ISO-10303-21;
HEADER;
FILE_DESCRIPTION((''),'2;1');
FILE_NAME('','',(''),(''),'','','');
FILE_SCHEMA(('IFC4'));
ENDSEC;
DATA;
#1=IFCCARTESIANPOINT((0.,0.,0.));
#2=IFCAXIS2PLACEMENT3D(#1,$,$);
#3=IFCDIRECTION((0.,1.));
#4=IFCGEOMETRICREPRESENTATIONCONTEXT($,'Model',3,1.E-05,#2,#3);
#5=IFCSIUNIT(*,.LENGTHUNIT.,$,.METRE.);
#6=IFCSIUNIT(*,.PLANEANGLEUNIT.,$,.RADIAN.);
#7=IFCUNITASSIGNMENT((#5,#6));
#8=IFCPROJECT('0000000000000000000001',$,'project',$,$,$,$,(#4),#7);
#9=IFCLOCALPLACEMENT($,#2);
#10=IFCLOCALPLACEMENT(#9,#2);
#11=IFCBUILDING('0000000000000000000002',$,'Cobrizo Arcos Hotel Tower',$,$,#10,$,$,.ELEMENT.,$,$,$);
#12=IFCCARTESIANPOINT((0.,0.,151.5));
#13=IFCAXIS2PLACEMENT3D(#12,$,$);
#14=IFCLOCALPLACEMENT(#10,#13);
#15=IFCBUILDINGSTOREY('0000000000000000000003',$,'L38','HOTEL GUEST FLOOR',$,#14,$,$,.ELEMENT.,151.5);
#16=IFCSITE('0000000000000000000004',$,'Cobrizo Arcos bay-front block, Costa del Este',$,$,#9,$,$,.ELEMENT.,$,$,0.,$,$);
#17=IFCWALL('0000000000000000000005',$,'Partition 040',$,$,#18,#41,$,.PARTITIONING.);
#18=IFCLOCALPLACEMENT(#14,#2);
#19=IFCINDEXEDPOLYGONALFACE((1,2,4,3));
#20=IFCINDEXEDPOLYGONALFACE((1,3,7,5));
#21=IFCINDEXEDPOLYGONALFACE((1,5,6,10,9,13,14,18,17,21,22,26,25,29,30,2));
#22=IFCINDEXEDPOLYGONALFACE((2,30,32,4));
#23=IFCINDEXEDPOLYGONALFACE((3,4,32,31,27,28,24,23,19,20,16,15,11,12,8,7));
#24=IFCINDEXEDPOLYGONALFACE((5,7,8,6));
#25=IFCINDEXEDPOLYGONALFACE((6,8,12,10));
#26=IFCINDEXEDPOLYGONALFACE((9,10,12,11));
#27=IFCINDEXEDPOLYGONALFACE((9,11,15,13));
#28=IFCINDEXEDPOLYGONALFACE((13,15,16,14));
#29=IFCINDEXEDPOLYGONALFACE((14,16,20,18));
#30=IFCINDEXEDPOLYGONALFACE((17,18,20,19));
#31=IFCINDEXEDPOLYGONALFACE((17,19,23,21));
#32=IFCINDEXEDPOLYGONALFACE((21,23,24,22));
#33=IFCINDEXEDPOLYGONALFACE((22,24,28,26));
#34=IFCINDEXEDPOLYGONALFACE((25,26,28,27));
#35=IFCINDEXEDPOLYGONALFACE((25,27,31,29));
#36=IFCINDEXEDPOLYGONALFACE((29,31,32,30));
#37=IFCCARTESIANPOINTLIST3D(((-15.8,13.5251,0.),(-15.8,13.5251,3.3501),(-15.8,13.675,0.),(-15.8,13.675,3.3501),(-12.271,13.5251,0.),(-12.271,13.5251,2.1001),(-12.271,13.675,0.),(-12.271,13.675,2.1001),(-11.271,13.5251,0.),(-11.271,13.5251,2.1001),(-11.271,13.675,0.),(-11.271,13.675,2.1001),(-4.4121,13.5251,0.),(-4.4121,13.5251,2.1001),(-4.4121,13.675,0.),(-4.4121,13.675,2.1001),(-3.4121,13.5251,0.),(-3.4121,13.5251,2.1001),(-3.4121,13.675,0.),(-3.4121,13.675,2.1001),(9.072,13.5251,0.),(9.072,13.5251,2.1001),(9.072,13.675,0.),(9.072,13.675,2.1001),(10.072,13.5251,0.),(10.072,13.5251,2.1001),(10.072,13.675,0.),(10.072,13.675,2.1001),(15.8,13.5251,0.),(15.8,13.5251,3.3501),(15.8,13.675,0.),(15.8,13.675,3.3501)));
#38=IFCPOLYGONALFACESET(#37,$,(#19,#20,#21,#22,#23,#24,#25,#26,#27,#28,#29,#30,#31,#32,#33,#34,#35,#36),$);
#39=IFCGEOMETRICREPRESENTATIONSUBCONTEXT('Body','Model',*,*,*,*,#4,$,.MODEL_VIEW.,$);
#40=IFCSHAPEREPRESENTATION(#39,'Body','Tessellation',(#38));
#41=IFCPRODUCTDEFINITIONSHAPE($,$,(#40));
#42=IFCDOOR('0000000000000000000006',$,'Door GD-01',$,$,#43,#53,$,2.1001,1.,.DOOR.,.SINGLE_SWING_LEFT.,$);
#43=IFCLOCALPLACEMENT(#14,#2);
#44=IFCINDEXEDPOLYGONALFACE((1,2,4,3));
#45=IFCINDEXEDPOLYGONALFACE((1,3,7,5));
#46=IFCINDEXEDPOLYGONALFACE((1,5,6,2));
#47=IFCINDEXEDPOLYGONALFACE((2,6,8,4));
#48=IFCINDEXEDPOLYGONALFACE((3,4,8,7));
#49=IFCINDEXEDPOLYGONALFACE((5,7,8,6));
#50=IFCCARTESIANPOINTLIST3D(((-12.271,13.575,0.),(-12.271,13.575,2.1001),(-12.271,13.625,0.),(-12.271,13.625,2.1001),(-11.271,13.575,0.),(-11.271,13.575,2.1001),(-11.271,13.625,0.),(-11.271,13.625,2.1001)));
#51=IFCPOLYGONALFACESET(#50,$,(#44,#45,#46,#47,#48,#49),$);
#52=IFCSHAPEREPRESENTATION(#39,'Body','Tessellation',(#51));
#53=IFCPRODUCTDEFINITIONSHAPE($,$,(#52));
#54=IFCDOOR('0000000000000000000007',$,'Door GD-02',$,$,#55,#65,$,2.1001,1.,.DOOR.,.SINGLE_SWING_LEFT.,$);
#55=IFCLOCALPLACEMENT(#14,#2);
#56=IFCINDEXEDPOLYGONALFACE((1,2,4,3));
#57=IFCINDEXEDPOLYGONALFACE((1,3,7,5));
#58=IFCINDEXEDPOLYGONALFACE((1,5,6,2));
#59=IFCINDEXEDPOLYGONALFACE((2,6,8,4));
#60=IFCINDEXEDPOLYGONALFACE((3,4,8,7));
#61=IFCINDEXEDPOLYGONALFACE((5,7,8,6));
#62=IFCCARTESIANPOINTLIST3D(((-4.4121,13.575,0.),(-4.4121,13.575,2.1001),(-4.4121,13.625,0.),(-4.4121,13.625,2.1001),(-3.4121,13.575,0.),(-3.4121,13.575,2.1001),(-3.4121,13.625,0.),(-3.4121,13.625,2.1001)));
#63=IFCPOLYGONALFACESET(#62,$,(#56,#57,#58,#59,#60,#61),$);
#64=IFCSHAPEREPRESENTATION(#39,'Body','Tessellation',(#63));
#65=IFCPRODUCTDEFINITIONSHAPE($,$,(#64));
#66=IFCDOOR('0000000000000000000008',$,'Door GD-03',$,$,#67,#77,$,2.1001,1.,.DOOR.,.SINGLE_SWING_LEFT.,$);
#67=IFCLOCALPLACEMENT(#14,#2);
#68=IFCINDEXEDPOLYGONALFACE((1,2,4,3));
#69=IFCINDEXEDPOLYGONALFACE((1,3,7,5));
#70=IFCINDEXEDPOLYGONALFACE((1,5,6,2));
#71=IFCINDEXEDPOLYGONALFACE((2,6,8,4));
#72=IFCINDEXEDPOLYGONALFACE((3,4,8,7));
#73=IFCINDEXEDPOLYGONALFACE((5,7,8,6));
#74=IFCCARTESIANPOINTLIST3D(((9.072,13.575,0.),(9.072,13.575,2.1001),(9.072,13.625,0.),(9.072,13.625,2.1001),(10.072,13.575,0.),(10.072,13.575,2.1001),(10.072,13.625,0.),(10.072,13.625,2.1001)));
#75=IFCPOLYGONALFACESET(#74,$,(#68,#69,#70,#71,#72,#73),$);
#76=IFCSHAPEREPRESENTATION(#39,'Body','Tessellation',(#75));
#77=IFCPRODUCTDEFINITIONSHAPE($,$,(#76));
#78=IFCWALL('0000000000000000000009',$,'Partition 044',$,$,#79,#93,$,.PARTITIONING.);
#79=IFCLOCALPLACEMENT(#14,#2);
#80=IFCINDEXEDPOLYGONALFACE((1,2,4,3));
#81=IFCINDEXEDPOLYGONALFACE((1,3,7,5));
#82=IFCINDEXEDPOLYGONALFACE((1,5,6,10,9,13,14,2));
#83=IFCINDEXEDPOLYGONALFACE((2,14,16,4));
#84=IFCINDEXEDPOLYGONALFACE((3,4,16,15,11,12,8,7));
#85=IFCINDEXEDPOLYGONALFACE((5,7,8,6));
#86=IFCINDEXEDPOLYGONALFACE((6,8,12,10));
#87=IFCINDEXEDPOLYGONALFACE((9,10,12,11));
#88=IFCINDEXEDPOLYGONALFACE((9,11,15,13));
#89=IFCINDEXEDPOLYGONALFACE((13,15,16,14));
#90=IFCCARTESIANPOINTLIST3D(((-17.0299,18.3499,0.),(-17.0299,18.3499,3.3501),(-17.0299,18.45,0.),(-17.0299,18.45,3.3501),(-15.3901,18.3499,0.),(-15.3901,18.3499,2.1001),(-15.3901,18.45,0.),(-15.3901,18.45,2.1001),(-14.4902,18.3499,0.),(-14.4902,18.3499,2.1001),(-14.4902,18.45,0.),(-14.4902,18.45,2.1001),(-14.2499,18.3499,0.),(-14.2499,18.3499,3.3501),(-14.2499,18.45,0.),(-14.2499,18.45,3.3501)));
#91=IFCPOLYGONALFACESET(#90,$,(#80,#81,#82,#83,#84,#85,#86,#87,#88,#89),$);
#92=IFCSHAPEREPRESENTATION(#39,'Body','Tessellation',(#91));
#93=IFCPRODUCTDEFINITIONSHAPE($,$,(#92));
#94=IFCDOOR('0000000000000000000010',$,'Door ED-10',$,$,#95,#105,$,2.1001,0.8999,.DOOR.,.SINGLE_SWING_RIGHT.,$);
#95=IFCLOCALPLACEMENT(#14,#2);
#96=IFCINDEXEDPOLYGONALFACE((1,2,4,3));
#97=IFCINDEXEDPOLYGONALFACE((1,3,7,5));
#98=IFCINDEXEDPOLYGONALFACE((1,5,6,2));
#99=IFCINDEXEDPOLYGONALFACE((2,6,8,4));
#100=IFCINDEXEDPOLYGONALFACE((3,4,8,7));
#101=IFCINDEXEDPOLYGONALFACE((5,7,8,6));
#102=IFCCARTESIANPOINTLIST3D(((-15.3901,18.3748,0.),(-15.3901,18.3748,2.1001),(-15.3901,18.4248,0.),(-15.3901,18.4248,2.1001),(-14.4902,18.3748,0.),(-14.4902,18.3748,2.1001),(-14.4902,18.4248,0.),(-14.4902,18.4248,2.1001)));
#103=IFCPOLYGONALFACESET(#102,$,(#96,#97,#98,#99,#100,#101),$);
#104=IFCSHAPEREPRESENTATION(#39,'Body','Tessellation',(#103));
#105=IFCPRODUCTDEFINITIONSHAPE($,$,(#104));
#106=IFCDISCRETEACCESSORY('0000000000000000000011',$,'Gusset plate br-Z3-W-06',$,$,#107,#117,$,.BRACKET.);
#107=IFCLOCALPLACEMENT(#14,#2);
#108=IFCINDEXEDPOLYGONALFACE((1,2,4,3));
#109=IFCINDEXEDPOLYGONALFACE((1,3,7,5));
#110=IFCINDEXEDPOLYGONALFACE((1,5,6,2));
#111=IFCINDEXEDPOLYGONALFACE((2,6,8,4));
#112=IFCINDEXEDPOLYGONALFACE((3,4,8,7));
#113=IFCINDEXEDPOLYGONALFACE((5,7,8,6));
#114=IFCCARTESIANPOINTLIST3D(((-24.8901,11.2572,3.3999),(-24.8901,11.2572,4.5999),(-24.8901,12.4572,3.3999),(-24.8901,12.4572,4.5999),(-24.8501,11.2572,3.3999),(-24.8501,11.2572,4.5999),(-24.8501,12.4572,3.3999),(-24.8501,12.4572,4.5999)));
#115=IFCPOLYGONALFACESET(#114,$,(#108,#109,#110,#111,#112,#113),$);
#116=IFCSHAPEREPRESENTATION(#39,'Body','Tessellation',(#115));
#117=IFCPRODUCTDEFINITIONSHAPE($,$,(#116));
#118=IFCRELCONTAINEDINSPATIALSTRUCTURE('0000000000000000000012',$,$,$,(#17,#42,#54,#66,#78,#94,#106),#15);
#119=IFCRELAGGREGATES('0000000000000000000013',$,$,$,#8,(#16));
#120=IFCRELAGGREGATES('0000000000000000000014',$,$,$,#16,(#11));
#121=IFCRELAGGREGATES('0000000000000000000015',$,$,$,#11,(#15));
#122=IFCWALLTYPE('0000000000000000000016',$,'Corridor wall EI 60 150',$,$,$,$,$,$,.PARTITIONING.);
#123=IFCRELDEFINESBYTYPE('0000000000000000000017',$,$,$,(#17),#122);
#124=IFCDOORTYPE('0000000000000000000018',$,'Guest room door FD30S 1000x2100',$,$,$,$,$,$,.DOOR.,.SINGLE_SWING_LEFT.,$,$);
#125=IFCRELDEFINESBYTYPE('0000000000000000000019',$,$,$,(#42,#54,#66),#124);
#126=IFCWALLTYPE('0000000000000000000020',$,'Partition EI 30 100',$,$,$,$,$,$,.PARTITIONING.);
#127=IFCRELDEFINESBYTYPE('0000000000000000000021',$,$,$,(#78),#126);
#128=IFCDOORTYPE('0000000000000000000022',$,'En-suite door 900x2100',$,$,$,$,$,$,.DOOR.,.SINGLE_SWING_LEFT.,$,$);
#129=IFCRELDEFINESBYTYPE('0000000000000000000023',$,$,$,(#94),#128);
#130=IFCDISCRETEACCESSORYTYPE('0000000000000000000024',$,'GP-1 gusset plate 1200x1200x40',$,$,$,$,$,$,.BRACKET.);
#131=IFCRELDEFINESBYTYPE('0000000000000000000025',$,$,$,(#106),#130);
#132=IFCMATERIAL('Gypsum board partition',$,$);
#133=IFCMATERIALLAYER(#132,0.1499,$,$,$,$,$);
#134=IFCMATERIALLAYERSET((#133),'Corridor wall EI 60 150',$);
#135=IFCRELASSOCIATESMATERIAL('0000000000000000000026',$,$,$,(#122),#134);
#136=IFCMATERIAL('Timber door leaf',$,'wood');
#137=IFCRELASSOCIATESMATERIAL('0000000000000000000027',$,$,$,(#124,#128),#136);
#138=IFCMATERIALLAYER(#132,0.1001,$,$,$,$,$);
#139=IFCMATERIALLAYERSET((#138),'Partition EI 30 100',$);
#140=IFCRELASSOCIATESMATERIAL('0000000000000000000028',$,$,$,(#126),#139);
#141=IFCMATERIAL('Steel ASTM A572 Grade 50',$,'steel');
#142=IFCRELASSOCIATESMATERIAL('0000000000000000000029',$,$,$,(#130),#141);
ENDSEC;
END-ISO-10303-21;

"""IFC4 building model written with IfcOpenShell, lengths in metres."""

from ifc_helpers import new_model, si_unit, direction, frame, frame_2d, origin, origin_2d, place, context, subcontext, project, spatial, rectangle, extrude, material, layer, layer_set, type_object, element, fill, save


model = new_model("IFC4")

# Units and contexts
model_context = context("Model", 3, precision=1e-05, world=origin(), true_north=direction((0.0, 1.0)))
body_context = subcontext(model_context, "Body", "Model", "MODEL_VIEW")
ifc_project = project(units=[si_unit("LENGTHUNIT", "METRE"), si_unit("PLANEANGLEUNIT", "RADIAN")], contexts=[model_context])

# Site, building, storey
site_placement = place(None, origin())
site = spatial("IfcSite", under=ifc_project, at=site_placement, Name="Cobrizo Arcos bay-front block, Costa del Este", CompositionType="ELEMENT", RefElevation=0.0)
building_placement = place(site_placement, origin())
building = spatial("IfcBuilding", under=site, at=building_placement, Name="Cobrizo Arcos Hotel Tower", CompositionType="ELEMENT")
storey_placement = place(building_placement, frame((0.0, 0.0, 151.5)))
storey = spatial("IfcBuildingStorey", under=building, at=storey_placement, Name="L38", Description="HOTEL GUEST FLOOR", CompositionType="ELEMENT", Elevation=151.5)

# Shared definitions
ifc_material_1 = material(Name="Steel ASTM A572 Grade 50", Category="steel")

# Wall, openings, doors
ifc_material_2 = material(Name="Gypsum board partition")
ifc_layer_1 = layer(ifc_material_2, 0.1499)
ifc_layer_set_1 = layer_set([ifc_layer_1], Name="Corridor wall EI 60 150")
wall_type_1 = type_object("IfcWallType", Name="Corridor wall EI 60 150", PredefinedType="PARTITIONING", material=ifc_layer_set_1)
wall_1_placement = place(storey_placement, frame((-15.8, 13.6001, 0.0), z_axis=(0.0, 0.0, 1.0), x_axis=(1.0, 0.0, 0.0)))
wall_1 = element("IfcWall", 1, at=wall_1_placement, inside=storey, type_object=wall_type_1, Name="Partition 040", PredefinedType="PARTITIONING", context=body_context, shape_type="SweptSolid", body=[
    extrude(rectangle(XDim=31.6001, YDim=0.1499, at=frame_2d((15.8, 0.0))), origin(), (0.0, 0.0, 1.0), 3.3501),
])
opening_1_placement = place(wall_1_placement, frame((3.5291, 0.0, 0.0)))
opening_1 = element("IfcOpeningElement", 2, at=opening_1_placement, cuts=wall_1, PredefinedType="OPENING", context=body_context, shape_type="SweptSolid", body=[
    extrude(rectangle(XDim=1.0, YDim=2.1001, at=frame_2d((0.5, 1.05))), frame((0.0, 0.0869, 0.0), z_axis=(0.0, -1.0, 0.0), x_axis=(1.0, 0.0, 0.0)), (0.0, 0.0, 1.0), 0.1738),
])
opening_2_placement = place(wall_1_placement, frame((11.3879, 0.0, 0.0)))
opening_2 = element("IfcOpeningElement", 3, at=opening_2_placement, cuts=wall_1, PredefinedType="OPENING", context=body_context, shape_type="SweptSolid", body=[
    extrude(rectangle(XDim=1.0, YDim=2.1001, at=frame_2d((0.5, 1.05))), frame((0.0, 0.0869, 0.0), z_axis=(0.0, -1.0, 0.0), x_axis=(1.0, 0.0, 0.0)), (0.0, 0.0, 1.0), 0.1738),
])
opening_3_placement = place(wall_1_placement, frame((24.8721, 0.0, 0.0)))
opening_3 = element("IfcOpeningElement", 4, at=opening_3_placement, cuts=wall_1, PredefinedType="OPENING", context=body_context, shape_type="SweptSolid", body=[
    extrude(rectangle(XDim=1.0, YDim=2.1001, at=frame_2d((0.5, 1.05))), frame((0.0, 0.0869, 0.0), z_axis=(0.0, -1.0, 0.0), x_axis=(1.0, 0.0, 0.0)), (0.0, 0.0, 1.0), 0.1738),
])
ifc_material_3 = material(Name="Timber door leaf", Category="wood")
door_type_1 = type_object("IfcDoorType", Name="Guest room door FD30S 1000x2100", OperationType="SINGLE_SWING_LEFT", PredefinedType="DOOR", material=ifc_material_3)
door_1_placement = place(opening_1_placement, origin())
door_1 = element("IfcDoor", 5, at=door_1_placement, inside=storey, type_object=door_type_1, Name="Door GD-01", OperationType="SINGLE_SWING_LEFT", OverallHeight=2.1001, OverallWidth=1.0, PredefinedType="DOOR", context=body_context, shape_type="SweptSolid", body=[
    extrude(rectangle(XDim=1.0, YDim=2.1001, at=frame_2d((0.5, 1.05))), frame((0.0, 0.0249, 0.0), z_axis=(0.0, -1.0, 0.0), x_axis=(1.0, 0.0, 0.0)), (0.0, 0.0, 1.0), 0.05),
])
fill(opening_1, door_1)
door_2_placement = place(opening_2_placement, origin())
door_2 = element("IfcDoor", 6, at=door_2_placement, inside=storey, type_object=door_type_1, Name="Door GD-02", OperationType="SINGLE_SWING_LEFT", OverallHeight=2.1001, OverallWidth=1.0, PredefinedType="DOOR", context=body_context, shape_type="SweptSolid", body=[
    extrude(rectangle(XDim=1.0, YDim=2.1001, at=frame_2d((0.5, 1.05))), frame((0.0, 0.0249, 0.0), z_axis=(0.0, -1.0, 0.0), x_axis=(1.0, 0.0, 0.0)), (0.0, 0.0, 1.0), 0.05),
])
fill(opening_2, door_2)
door_3_placement = place(opening_3_placement, origin())
door_3 = element("IfcDoor", 7, at=door_3_placement, inside=storey, type_object=door_type_1, Name="Door GD-03", OperationType="SINGLE_SWING_LEFT", OverallHeight=2.1001, OverallWidth=1.0, PredefinedType="DOOR", context=body_context, shape_type="SweptSolid", body=[
    extrude(rectangle(XDim=1.0, YDim=2.1001, at=frame_2d((0.5, 1.05))), frame((0.0, 0.0249, 0.0), z_axis=(0.0, -1.0, 0.0), x_axis=(1.0, 0.0, 0.0)), (0.0, 0.0, 1.0), 0.05),
])
fill(opening_3, door_3)

# Wall, opening, door
ifc_layer_2 = layer(ifc_material_2, 0.1001)
ifc_layer_set_2 = layer_set([ifc_layer_2], Name="Partition EI 30 100")
wall_type_2 = type_object("IfcWallType", Name="Partition EI 30 100", PredefinedType="PARTITIONING", material=ifc_layer_set_2)
wall_2_placement = place(storey_placement, frame((-17.03, 18.3999, 0.0), z_axis=(0.0, 0.0, 1.0), x_axis=(1.0, 0.0, 0.0)))
wall_2 = element("IfcWall", 8, at=wall_2_placement, inside=storey, type_object=wall_type_2, Name="Partition 044", PredefinedType="PARTITIONING", context=body_context, shape_type="SweptSolid", body=[
    extrude(rectangle(XDim=2.78, YDim=0.1001, at=frame_2d((1.3901, 0.0))), origin(), (0.0, 0.0, 1.0), 3.3501),
])
opening_4_placement = place(wall_2_placement, frame((1.6399, 0.0, 0.0)))
opening_4 = element("IfcOpeningElement", 9, at=opening_4_placement, cuts=wall_2, PredefinedType="OPENING", context=body_context, shape_type="SweptSolid", body=[
    extrude(rectangle(XDim=0.8999, YDim=2.1001, at=frame_2d((0.45, 1.05))), frame((0.0, 0.062, 0.0), z_axis=(0.0, -1.0, 0.0), x_axis=(1.0, 0.0, 0.0)), (0.0, 0.0, 1.0), 0.124),
])
door_type_2 = type_object("IfcDoorType", Name="En-suite door 900x2100", OperationType="SINGLE_SWING_LEFT", PredefinedType="DOOR", material=ifc_material_3)
door_4_placement = place(opening_4_placement, origin())
door_4 = element("IfcDoor", 10, at=door_4_placement, inside=storey, type_object=door_type_2, Name="Door ED-10", OperationType="SINGLE_SWING_RIGHT", OverallHeight=2.1001, OverallWidth=0.8999, PredefinedType="DOOR", context=body_context, shape_type="SweptSolid", body=[
    extrude(rectangle(XDim=0.8999, YDim=2.1001, at=frame_2d((0.45, 1.05))), frame((0.0, 0.0249, 0.0), z_axis=(0.0, -1.0, 0.0), x_axis=(1.0, 0.0, 0.0)), (0.0, 0.0, 1.0), 0.05),
])
fill(opening_4, door_4)

# Discrete accessory
discrete_accessory_type = type_object("IfcDiscreteAccessoryType", Name="GP-1 gusset plate 1200x1200x40", PredefinedType="BRACKET", material=ifc_material_1)
discrete_accessory_placement = place(storey_placement, frame((-24.8701, 11.8572, 3.3999), z_axis=(0.0, 0.0, 1.0), x_axis=(1.0, 0.0, 0.0)))
element("IfcDiscreteAccessory", 11, at=discrete_accessory_placement, inside=storey, type_object=discrete_accessory_type, Name="Gusset plate br-Z3-W-06", PredefinedType="BRACKET", context=body_context, shape_type="SweptSolid", body=[
    extrude(rectangle(XDim=0.04, YDim=1.2, at=origin_2d()), origin(), (0.0, 0.0, 1.0), 1.2),
])

save(model, "model.ifc")
